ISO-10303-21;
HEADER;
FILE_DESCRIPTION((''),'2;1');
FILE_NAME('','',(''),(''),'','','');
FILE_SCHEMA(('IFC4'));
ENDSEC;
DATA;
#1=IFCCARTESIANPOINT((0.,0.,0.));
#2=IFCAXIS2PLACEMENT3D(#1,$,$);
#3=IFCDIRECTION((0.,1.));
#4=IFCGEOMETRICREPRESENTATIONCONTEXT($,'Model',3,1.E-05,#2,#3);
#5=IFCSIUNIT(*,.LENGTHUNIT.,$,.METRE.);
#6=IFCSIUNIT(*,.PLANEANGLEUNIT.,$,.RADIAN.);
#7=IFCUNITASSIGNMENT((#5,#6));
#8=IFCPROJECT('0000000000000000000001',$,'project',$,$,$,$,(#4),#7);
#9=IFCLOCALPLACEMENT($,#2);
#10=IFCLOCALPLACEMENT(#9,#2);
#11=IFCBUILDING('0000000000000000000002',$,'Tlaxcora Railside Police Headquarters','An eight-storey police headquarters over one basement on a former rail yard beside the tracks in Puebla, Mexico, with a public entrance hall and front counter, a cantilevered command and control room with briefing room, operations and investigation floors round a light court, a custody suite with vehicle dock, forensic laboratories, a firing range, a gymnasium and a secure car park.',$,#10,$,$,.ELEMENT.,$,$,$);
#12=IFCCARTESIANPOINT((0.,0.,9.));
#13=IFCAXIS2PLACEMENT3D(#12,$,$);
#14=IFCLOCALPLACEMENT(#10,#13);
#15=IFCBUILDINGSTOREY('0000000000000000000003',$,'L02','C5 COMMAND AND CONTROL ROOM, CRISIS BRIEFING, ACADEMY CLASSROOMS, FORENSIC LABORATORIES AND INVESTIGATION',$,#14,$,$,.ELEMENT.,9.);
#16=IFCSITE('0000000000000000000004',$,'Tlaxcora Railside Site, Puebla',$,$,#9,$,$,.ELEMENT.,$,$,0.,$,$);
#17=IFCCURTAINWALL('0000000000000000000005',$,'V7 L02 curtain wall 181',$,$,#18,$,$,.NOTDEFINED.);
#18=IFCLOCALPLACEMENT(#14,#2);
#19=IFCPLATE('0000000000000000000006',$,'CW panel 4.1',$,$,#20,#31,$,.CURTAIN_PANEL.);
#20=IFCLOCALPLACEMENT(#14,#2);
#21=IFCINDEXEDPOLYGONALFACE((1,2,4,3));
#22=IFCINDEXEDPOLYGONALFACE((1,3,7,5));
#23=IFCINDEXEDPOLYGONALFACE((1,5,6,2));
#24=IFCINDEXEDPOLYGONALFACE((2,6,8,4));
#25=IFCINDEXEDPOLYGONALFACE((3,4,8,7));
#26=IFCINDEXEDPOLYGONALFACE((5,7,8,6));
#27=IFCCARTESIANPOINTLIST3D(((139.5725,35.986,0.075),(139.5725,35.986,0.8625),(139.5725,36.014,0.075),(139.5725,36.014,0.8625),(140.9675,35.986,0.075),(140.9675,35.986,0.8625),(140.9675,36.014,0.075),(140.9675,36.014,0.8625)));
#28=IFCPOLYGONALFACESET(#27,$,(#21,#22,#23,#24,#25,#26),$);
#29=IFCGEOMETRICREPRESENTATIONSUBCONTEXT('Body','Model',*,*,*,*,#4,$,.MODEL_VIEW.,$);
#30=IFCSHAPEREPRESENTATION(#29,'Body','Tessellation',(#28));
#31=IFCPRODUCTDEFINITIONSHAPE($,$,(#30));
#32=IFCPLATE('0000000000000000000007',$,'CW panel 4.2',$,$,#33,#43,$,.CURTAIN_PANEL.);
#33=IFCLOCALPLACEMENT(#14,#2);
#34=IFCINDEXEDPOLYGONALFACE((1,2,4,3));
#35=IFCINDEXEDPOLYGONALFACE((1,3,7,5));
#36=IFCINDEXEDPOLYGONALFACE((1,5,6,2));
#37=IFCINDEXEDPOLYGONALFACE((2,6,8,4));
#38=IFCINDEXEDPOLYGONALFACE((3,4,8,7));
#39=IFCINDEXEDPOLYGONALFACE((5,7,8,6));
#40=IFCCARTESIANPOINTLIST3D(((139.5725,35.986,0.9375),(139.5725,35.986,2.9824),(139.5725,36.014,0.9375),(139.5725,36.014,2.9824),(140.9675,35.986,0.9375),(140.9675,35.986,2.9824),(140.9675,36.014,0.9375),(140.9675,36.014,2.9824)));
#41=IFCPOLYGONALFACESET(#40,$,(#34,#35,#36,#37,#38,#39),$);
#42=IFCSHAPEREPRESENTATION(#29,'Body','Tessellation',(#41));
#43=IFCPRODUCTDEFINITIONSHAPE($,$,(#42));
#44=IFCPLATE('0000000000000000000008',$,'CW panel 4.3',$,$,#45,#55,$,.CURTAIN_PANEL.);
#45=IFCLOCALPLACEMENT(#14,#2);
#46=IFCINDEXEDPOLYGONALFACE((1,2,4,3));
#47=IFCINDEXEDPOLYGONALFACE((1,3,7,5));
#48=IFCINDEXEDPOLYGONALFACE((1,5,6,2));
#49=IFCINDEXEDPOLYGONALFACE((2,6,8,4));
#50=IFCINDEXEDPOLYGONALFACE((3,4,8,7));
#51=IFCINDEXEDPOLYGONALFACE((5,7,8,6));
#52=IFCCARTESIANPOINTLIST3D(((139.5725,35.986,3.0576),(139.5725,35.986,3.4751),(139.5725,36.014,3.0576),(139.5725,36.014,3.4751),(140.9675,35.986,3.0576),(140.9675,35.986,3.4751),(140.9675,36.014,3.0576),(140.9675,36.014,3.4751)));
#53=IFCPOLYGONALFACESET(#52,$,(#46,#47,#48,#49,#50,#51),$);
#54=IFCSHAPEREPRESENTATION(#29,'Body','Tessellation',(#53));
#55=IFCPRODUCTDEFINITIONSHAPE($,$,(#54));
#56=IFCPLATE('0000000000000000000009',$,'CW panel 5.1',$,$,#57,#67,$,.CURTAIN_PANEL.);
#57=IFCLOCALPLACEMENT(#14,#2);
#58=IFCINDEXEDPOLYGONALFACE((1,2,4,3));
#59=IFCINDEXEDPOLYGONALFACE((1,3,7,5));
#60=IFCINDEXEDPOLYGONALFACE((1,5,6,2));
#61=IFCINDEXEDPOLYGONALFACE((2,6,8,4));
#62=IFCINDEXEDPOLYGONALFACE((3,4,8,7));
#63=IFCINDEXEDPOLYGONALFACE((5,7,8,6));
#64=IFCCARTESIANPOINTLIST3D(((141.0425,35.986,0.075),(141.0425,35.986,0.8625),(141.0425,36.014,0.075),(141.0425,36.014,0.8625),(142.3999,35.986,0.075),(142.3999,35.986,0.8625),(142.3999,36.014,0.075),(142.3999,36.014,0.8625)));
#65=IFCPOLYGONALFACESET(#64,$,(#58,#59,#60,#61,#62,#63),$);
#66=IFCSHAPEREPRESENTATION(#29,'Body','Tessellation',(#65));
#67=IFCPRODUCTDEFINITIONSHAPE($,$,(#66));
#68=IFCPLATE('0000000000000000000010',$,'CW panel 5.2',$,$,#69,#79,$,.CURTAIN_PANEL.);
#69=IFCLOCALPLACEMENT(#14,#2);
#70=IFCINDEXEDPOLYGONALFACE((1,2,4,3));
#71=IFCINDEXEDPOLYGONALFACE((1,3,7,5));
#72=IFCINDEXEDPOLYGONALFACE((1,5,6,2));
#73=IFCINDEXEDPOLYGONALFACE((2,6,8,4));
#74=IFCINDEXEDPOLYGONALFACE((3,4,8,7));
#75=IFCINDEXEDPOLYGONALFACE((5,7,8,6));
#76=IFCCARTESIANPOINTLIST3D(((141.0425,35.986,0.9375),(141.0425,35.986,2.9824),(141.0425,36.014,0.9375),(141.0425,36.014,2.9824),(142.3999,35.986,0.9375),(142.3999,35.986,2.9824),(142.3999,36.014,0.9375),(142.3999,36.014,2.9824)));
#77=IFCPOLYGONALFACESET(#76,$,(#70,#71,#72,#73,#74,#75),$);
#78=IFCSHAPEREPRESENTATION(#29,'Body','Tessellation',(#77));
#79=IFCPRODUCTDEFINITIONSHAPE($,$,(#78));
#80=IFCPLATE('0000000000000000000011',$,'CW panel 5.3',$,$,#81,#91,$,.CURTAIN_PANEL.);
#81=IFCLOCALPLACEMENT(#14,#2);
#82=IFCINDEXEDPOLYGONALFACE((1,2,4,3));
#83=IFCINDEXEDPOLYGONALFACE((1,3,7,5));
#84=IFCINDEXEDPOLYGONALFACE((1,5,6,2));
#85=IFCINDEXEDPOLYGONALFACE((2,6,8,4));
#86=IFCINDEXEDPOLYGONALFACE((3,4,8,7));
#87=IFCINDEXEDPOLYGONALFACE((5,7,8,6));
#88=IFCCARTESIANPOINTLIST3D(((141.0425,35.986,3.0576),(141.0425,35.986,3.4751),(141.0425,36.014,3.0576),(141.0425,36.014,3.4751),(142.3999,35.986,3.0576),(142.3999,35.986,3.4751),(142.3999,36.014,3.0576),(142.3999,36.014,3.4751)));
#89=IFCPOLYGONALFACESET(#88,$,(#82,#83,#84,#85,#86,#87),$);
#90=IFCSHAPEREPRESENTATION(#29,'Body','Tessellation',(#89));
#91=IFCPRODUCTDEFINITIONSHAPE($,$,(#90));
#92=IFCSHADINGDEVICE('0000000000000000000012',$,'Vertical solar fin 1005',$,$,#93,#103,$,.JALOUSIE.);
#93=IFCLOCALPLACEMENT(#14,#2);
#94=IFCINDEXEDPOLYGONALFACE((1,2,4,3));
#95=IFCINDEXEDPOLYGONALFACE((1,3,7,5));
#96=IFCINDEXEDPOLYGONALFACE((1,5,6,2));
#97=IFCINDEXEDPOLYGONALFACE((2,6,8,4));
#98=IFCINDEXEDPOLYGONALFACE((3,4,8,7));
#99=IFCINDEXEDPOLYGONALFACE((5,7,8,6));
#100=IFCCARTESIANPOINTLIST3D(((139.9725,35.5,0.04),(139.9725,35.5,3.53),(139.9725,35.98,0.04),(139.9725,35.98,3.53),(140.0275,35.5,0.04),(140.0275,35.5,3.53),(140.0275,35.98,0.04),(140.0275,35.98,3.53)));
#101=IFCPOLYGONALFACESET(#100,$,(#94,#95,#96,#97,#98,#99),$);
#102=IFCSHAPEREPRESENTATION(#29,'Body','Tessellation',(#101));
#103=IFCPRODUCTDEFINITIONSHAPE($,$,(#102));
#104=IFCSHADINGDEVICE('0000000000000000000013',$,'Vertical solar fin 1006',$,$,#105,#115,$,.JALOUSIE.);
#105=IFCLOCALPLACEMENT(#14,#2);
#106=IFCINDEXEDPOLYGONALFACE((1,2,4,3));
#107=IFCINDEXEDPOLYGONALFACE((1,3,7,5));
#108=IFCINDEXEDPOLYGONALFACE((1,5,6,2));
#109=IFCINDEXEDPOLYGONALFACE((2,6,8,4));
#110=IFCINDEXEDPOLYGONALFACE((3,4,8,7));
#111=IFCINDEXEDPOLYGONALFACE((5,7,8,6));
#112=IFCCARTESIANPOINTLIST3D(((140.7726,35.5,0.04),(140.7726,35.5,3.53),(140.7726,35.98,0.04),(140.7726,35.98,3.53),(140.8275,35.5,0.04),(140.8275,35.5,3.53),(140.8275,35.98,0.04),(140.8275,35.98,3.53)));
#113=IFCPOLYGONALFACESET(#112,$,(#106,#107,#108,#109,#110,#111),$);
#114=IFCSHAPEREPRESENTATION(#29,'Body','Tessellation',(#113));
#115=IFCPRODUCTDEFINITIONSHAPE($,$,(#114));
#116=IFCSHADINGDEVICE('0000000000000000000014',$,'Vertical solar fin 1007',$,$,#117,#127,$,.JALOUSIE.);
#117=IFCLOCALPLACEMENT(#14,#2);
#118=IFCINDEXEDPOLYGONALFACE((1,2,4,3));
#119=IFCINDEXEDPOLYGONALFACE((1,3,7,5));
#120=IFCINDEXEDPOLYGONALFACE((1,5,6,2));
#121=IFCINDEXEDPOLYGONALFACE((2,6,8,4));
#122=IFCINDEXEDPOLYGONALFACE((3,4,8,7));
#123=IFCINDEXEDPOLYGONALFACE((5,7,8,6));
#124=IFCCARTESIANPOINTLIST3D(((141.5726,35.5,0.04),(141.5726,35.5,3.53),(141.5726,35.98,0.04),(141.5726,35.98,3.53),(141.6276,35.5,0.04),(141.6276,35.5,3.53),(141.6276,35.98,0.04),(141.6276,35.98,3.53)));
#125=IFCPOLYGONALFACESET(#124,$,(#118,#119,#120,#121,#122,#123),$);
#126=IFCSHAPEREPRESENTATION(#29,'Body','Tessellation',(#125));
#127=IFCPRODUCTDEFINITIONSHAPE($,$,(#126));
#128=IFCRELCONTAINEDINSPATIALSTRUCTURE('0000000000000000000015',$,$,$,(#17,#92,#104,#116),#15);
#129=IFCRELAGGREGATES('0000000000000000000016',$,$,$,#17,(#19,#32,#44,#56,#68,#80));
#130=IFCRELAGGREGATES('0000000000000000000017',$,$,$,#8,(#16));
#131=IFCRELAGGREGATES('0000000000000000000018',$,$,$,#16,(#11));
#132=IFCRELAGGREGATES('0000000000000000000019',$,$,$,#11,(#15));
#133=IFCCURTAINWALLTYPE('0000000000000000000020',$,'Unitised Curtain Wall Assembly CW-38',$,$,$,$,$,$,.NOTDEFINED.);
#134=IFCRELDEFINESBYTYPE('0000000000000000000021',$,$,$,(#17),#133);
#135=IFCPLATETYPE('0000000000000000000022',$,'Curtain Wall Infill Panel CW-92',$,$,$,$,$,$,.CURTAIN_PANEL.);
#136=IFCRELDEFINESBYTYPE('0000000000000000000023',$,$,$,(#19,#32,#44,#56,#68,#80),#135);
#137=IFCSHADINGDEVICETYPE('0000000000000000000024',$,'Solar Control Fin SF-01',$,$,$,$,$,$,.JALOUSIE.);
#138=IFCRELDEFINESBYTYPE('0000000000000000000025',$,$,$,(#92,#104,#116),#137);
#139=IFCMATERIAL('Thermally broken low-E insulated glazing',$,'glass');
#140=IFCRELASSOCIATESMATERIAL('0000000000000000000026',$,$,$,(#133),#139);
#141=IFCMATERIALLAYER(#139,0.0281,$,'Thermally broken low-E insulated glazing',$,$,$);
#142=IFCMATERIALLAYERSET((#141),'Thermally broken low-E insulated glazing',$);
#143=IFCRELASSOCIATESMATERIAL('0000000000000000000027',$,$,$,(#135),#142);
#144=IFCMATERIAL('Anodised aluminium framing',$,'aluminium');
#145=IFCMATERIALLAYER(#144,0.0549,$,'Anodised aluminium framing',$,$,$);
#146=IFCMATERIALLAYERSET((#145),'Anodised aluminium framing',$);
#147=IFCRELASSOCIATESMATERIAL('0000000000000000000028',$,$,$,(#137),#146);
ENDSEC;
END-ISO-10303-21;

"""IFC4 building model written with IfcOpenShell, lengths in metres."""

from ifc_helpers import new_model, si_unit, direction, frame, origin, origin_2d, place, context, subcontext, project, spatial, rectangle, extrude, material, layer, layer_set, type_object, element, aggregate, save


model = new_model("IFC4")

# Units and contexts
model_context = context("Model", 3, precision=1e-05, world=origin(), true_north=direction((0.0, 1.0)))
body_context = subcontext(model_context, "Body", "Model", "MODEL_VIEW")
ifc_project = project(units=[si_unit("LENGTHUNIT", "METRE"), si_unit("PLANEANGLEUNIT", "RADIAN")], contexts=[model_context])

# Site, building, storey
site_placement = place(None, origin())
site = spatial("IfcSite", under=ifc_project, at=site_placement, Name="Tlaxcora Railside Site, Puebla", CompositionType="ELEMENT", RefElevation=0.0)
building_placement = place(site_placement, origin())
building = spatial("IfcBuilding", under=site, at=building_placement, Name="Tlaxcora Railside Police Headquarters", Description="An eight-storey police headquarters over one basement on a former rail yard beside the tracks in Puebla, Mexico, with a public entrance hall and front counter, a cantilevered command and control room with briefing room, operations and investigation floors round a light court, a custody suite with vehicle dock, forensic laboratories, a firing range, a gymnasium and a secure car park.", CompositionType="ELEMENT")
storey_placement = place(building_placement, frame((0.0, 0.0, 9.0)))
storey = spatial("IfcBuildingStorey", under=building, at=storey_placement, Name="L02", Description="C5 COMMAND AND CONTROL ROOM, CRISIS BRIEFING, ACADEMY CLASSROOMS, FORENSIC LABORATORIES AND INVESTIGATION", CompositionType="ELEMENT", Elevation=9.0)

# Curtain wall
ifc_material_1 = material(Name="Thermally broken low-E insulated glazing", Category="glass")
curtain_wall_type_1 = type_object("IfcCurtainWallType", Name="Unitised Curtain Wall Assembly CW-38", PredefinedType="NOTDEFINED", material=ifc_material_1)
curtain_wall_1_placement = place(storey_placement, origin())
curtain_wall_1 = element("IfcCurtainWall", 1, at=curtain_wall_1_placement, inside=storey, type_object=curtain_wall_type_1, Name="V7 L02 curtain wall 181", PredefinedType="NOTDEFINED")
ifc_material_2 = material(Name="Anodised aluminium framing", Category="aluminium")

# Plates
ifc_layer_1 = layer(ifc_material_1, 0.0281, Name="Thermally broken low-E insulated glazing")
ifc_layer_set_1 = layer_set([ifc_layer_1], Name="Thermally broken low-E insulated glazing")
plate_type = type_object("IfcPlateType", Name="Curtain Wall Infill Panel CW-92", PredefinedType="CURTAIN_PANEL", material=ifc_layer_set_1)
plate_1_placement = place(storey_placement, frame((140.27, 36.0, 0.075), z_axis=(0.0, 0.0, 1.0), x_axis=(1.0, 0.0, 0.0)))
plate_1 = element("IfcPlate", 2, at=plate_1_placement, type_object=plate_type, Name="CW panel 4.1", PredefinedType="CURTAIN_PANEL", context=body_context, shape_type="SweptSolid", body=[
    extrude(rectangle(XDim=1.395, YDim=0.0281, at=origin_2d()), origin(), (0.0, 0.0, 1.0), 0.7876),
])
plate_2_placement = place(storey_placement, frame((140.27, 36.0, 0.9375), z_axis=(0.0, 0.0, 1.0), x_axis=(1.0, 0.0, 0.0)))
plate_2 = element("IfcPlate", 3, at=plate_2_placement, type_object=plate_type, Name="CW panel 4.2", PredefinedType="CURTAIN_PANEL", context=body_context, shape_type="SweptSolid", body=[
    extrude(rectangle(XDim=1.395, YDim=0.0281, at=origin_2d()), origin(), (0.0, 0.0, 1.0), 2.0449),
])
plate_3_placement = place(storey_placement, frame((140.27, 36.0, 3.0576), z_axis=(0.0, 0.0, 1.0), x_axis=(1.0, 0.0, 0.0)))
plate_3 = element("IfcPlate", 4, at=plate_3_placement, type_object=plate_type, Name="CW panel 4.3", PredefinedType="CURTAIN_PANEL", context=body_context, shape_type="SweptSolid", body=[
    extrude(rectangle(XDim=1.395, YDim=0.0281, at=origin_2d()), origin(), (0.0, 0.0, 1.0), 0.4175),
])
plate_4_placement = place(storey_placement, frame((141.7212, 36.0, 0.075), z_axis=(0.0, 0.0, 1.0), x_axis=(1.0, 0.0, 0.0)))
plate_4 = element("IfcPlate", 5, at=plate_4_placement, type_object=plate_type, Name="CW panel 5.1", PredefinedType="CURTAIN_PANEL", context=body_context, shape_type="SweptSolid", body=[
    extrude(rectangle(XDim=1.3574, YDim=0.0281, at=origin_2d()), origin(), (0.0, 0.0, 1.0), 0.7876),
])
plate_5_placement = place(storey_placement, frame((141.7212, 36.0, 0.9375), z_axis=(0.0, 0.0, 1.0), x_axis=(1.0, 0.0, 0.0)))
plate_5 = element("IfcPlate", 6, at=plate_5_placement, type_object=plate_type, Name="CW panel 5.2", PredefinedType="CURTAIN_PANEL", context=body_context, shape_type="SweptSolid", body=[
    extrude(rectangle(XDim=1.3574, YDim=0.0281, at=origin_2d()), origin(), (0.0, 0.0, 1.0), 2.0449),
])
plate_6_placement = place(storey_placement, frame((141.7212, 36.0, 3.0576), z_axis=(0.0, 0.0, 1.0), x_axis=(1.0, 0.0, 0.0)))
plate_6 = element("IfcPlate", 7, at=plate_6_placement, type_object=plate_type, Name="CW panel 5.3", PredefinedType="CURTAIN_PANEL", context=body_context, shape_type="SweptSolid", body=[
    extrude(rectangle(XDim=1.3574, YDim=0.0281, at=origin_2d()), origin(), (0.0, 0.0, 1.0), 0.4175),
])
aggregate(curtain_wall_1, [plate_1, plate_2, plate_3, plate_4, plate_5, plate_6])

# Shading devices
ifc_layer_2 = layer(ifc_material_2, 0.0549, Name="Anodised aluminium framing")
ifc_layer_set_2 = layer_set([ifc_layer_2], Name="Anodised aluminium framing")
shading_device_type = type_object("IfcShadingDeviceType", Name="Solar Control Fin SF-01", PredefinedType="JALOUSIE", material=ifc_layer_set_2)
for number, where, z_axis, x_axis, name in (
    (8, (140.0, 35.74, 0.04), (0.0, 0.0, 1.0), (0.0, -1.0, 0.0), "Vertical solar fin 1005"),
    (9, (140.8, 35.74, 0.04), (0.0, 0.0, 1.0), (0.0, -1.0, 0.0), "Vertical solar fin 1006"),
    (10, (141.6001, 35.74, 0.04), (0.0, 0.0, 1.0), (0.0, -1.0, 0.0), "Vertical solar fin 1007"),
):
    element("IfcShadingDevice", number, at=place(storey_placement, frame(where, z_axis=z_axis, x_axis=x_axis)), inside=storey, type_object=shading_device_type, Name=name, PredefinedType="JALOUSIE", context=body_context, shape_type="SweptSolid", body=[
        extrude(rectangle(XDim=0.48, YDim=0.0549, at=origin_2d()), origin(), (0.0, 0.0, 1.0), 3.49),
    ])

save(model, "model.ifc")
